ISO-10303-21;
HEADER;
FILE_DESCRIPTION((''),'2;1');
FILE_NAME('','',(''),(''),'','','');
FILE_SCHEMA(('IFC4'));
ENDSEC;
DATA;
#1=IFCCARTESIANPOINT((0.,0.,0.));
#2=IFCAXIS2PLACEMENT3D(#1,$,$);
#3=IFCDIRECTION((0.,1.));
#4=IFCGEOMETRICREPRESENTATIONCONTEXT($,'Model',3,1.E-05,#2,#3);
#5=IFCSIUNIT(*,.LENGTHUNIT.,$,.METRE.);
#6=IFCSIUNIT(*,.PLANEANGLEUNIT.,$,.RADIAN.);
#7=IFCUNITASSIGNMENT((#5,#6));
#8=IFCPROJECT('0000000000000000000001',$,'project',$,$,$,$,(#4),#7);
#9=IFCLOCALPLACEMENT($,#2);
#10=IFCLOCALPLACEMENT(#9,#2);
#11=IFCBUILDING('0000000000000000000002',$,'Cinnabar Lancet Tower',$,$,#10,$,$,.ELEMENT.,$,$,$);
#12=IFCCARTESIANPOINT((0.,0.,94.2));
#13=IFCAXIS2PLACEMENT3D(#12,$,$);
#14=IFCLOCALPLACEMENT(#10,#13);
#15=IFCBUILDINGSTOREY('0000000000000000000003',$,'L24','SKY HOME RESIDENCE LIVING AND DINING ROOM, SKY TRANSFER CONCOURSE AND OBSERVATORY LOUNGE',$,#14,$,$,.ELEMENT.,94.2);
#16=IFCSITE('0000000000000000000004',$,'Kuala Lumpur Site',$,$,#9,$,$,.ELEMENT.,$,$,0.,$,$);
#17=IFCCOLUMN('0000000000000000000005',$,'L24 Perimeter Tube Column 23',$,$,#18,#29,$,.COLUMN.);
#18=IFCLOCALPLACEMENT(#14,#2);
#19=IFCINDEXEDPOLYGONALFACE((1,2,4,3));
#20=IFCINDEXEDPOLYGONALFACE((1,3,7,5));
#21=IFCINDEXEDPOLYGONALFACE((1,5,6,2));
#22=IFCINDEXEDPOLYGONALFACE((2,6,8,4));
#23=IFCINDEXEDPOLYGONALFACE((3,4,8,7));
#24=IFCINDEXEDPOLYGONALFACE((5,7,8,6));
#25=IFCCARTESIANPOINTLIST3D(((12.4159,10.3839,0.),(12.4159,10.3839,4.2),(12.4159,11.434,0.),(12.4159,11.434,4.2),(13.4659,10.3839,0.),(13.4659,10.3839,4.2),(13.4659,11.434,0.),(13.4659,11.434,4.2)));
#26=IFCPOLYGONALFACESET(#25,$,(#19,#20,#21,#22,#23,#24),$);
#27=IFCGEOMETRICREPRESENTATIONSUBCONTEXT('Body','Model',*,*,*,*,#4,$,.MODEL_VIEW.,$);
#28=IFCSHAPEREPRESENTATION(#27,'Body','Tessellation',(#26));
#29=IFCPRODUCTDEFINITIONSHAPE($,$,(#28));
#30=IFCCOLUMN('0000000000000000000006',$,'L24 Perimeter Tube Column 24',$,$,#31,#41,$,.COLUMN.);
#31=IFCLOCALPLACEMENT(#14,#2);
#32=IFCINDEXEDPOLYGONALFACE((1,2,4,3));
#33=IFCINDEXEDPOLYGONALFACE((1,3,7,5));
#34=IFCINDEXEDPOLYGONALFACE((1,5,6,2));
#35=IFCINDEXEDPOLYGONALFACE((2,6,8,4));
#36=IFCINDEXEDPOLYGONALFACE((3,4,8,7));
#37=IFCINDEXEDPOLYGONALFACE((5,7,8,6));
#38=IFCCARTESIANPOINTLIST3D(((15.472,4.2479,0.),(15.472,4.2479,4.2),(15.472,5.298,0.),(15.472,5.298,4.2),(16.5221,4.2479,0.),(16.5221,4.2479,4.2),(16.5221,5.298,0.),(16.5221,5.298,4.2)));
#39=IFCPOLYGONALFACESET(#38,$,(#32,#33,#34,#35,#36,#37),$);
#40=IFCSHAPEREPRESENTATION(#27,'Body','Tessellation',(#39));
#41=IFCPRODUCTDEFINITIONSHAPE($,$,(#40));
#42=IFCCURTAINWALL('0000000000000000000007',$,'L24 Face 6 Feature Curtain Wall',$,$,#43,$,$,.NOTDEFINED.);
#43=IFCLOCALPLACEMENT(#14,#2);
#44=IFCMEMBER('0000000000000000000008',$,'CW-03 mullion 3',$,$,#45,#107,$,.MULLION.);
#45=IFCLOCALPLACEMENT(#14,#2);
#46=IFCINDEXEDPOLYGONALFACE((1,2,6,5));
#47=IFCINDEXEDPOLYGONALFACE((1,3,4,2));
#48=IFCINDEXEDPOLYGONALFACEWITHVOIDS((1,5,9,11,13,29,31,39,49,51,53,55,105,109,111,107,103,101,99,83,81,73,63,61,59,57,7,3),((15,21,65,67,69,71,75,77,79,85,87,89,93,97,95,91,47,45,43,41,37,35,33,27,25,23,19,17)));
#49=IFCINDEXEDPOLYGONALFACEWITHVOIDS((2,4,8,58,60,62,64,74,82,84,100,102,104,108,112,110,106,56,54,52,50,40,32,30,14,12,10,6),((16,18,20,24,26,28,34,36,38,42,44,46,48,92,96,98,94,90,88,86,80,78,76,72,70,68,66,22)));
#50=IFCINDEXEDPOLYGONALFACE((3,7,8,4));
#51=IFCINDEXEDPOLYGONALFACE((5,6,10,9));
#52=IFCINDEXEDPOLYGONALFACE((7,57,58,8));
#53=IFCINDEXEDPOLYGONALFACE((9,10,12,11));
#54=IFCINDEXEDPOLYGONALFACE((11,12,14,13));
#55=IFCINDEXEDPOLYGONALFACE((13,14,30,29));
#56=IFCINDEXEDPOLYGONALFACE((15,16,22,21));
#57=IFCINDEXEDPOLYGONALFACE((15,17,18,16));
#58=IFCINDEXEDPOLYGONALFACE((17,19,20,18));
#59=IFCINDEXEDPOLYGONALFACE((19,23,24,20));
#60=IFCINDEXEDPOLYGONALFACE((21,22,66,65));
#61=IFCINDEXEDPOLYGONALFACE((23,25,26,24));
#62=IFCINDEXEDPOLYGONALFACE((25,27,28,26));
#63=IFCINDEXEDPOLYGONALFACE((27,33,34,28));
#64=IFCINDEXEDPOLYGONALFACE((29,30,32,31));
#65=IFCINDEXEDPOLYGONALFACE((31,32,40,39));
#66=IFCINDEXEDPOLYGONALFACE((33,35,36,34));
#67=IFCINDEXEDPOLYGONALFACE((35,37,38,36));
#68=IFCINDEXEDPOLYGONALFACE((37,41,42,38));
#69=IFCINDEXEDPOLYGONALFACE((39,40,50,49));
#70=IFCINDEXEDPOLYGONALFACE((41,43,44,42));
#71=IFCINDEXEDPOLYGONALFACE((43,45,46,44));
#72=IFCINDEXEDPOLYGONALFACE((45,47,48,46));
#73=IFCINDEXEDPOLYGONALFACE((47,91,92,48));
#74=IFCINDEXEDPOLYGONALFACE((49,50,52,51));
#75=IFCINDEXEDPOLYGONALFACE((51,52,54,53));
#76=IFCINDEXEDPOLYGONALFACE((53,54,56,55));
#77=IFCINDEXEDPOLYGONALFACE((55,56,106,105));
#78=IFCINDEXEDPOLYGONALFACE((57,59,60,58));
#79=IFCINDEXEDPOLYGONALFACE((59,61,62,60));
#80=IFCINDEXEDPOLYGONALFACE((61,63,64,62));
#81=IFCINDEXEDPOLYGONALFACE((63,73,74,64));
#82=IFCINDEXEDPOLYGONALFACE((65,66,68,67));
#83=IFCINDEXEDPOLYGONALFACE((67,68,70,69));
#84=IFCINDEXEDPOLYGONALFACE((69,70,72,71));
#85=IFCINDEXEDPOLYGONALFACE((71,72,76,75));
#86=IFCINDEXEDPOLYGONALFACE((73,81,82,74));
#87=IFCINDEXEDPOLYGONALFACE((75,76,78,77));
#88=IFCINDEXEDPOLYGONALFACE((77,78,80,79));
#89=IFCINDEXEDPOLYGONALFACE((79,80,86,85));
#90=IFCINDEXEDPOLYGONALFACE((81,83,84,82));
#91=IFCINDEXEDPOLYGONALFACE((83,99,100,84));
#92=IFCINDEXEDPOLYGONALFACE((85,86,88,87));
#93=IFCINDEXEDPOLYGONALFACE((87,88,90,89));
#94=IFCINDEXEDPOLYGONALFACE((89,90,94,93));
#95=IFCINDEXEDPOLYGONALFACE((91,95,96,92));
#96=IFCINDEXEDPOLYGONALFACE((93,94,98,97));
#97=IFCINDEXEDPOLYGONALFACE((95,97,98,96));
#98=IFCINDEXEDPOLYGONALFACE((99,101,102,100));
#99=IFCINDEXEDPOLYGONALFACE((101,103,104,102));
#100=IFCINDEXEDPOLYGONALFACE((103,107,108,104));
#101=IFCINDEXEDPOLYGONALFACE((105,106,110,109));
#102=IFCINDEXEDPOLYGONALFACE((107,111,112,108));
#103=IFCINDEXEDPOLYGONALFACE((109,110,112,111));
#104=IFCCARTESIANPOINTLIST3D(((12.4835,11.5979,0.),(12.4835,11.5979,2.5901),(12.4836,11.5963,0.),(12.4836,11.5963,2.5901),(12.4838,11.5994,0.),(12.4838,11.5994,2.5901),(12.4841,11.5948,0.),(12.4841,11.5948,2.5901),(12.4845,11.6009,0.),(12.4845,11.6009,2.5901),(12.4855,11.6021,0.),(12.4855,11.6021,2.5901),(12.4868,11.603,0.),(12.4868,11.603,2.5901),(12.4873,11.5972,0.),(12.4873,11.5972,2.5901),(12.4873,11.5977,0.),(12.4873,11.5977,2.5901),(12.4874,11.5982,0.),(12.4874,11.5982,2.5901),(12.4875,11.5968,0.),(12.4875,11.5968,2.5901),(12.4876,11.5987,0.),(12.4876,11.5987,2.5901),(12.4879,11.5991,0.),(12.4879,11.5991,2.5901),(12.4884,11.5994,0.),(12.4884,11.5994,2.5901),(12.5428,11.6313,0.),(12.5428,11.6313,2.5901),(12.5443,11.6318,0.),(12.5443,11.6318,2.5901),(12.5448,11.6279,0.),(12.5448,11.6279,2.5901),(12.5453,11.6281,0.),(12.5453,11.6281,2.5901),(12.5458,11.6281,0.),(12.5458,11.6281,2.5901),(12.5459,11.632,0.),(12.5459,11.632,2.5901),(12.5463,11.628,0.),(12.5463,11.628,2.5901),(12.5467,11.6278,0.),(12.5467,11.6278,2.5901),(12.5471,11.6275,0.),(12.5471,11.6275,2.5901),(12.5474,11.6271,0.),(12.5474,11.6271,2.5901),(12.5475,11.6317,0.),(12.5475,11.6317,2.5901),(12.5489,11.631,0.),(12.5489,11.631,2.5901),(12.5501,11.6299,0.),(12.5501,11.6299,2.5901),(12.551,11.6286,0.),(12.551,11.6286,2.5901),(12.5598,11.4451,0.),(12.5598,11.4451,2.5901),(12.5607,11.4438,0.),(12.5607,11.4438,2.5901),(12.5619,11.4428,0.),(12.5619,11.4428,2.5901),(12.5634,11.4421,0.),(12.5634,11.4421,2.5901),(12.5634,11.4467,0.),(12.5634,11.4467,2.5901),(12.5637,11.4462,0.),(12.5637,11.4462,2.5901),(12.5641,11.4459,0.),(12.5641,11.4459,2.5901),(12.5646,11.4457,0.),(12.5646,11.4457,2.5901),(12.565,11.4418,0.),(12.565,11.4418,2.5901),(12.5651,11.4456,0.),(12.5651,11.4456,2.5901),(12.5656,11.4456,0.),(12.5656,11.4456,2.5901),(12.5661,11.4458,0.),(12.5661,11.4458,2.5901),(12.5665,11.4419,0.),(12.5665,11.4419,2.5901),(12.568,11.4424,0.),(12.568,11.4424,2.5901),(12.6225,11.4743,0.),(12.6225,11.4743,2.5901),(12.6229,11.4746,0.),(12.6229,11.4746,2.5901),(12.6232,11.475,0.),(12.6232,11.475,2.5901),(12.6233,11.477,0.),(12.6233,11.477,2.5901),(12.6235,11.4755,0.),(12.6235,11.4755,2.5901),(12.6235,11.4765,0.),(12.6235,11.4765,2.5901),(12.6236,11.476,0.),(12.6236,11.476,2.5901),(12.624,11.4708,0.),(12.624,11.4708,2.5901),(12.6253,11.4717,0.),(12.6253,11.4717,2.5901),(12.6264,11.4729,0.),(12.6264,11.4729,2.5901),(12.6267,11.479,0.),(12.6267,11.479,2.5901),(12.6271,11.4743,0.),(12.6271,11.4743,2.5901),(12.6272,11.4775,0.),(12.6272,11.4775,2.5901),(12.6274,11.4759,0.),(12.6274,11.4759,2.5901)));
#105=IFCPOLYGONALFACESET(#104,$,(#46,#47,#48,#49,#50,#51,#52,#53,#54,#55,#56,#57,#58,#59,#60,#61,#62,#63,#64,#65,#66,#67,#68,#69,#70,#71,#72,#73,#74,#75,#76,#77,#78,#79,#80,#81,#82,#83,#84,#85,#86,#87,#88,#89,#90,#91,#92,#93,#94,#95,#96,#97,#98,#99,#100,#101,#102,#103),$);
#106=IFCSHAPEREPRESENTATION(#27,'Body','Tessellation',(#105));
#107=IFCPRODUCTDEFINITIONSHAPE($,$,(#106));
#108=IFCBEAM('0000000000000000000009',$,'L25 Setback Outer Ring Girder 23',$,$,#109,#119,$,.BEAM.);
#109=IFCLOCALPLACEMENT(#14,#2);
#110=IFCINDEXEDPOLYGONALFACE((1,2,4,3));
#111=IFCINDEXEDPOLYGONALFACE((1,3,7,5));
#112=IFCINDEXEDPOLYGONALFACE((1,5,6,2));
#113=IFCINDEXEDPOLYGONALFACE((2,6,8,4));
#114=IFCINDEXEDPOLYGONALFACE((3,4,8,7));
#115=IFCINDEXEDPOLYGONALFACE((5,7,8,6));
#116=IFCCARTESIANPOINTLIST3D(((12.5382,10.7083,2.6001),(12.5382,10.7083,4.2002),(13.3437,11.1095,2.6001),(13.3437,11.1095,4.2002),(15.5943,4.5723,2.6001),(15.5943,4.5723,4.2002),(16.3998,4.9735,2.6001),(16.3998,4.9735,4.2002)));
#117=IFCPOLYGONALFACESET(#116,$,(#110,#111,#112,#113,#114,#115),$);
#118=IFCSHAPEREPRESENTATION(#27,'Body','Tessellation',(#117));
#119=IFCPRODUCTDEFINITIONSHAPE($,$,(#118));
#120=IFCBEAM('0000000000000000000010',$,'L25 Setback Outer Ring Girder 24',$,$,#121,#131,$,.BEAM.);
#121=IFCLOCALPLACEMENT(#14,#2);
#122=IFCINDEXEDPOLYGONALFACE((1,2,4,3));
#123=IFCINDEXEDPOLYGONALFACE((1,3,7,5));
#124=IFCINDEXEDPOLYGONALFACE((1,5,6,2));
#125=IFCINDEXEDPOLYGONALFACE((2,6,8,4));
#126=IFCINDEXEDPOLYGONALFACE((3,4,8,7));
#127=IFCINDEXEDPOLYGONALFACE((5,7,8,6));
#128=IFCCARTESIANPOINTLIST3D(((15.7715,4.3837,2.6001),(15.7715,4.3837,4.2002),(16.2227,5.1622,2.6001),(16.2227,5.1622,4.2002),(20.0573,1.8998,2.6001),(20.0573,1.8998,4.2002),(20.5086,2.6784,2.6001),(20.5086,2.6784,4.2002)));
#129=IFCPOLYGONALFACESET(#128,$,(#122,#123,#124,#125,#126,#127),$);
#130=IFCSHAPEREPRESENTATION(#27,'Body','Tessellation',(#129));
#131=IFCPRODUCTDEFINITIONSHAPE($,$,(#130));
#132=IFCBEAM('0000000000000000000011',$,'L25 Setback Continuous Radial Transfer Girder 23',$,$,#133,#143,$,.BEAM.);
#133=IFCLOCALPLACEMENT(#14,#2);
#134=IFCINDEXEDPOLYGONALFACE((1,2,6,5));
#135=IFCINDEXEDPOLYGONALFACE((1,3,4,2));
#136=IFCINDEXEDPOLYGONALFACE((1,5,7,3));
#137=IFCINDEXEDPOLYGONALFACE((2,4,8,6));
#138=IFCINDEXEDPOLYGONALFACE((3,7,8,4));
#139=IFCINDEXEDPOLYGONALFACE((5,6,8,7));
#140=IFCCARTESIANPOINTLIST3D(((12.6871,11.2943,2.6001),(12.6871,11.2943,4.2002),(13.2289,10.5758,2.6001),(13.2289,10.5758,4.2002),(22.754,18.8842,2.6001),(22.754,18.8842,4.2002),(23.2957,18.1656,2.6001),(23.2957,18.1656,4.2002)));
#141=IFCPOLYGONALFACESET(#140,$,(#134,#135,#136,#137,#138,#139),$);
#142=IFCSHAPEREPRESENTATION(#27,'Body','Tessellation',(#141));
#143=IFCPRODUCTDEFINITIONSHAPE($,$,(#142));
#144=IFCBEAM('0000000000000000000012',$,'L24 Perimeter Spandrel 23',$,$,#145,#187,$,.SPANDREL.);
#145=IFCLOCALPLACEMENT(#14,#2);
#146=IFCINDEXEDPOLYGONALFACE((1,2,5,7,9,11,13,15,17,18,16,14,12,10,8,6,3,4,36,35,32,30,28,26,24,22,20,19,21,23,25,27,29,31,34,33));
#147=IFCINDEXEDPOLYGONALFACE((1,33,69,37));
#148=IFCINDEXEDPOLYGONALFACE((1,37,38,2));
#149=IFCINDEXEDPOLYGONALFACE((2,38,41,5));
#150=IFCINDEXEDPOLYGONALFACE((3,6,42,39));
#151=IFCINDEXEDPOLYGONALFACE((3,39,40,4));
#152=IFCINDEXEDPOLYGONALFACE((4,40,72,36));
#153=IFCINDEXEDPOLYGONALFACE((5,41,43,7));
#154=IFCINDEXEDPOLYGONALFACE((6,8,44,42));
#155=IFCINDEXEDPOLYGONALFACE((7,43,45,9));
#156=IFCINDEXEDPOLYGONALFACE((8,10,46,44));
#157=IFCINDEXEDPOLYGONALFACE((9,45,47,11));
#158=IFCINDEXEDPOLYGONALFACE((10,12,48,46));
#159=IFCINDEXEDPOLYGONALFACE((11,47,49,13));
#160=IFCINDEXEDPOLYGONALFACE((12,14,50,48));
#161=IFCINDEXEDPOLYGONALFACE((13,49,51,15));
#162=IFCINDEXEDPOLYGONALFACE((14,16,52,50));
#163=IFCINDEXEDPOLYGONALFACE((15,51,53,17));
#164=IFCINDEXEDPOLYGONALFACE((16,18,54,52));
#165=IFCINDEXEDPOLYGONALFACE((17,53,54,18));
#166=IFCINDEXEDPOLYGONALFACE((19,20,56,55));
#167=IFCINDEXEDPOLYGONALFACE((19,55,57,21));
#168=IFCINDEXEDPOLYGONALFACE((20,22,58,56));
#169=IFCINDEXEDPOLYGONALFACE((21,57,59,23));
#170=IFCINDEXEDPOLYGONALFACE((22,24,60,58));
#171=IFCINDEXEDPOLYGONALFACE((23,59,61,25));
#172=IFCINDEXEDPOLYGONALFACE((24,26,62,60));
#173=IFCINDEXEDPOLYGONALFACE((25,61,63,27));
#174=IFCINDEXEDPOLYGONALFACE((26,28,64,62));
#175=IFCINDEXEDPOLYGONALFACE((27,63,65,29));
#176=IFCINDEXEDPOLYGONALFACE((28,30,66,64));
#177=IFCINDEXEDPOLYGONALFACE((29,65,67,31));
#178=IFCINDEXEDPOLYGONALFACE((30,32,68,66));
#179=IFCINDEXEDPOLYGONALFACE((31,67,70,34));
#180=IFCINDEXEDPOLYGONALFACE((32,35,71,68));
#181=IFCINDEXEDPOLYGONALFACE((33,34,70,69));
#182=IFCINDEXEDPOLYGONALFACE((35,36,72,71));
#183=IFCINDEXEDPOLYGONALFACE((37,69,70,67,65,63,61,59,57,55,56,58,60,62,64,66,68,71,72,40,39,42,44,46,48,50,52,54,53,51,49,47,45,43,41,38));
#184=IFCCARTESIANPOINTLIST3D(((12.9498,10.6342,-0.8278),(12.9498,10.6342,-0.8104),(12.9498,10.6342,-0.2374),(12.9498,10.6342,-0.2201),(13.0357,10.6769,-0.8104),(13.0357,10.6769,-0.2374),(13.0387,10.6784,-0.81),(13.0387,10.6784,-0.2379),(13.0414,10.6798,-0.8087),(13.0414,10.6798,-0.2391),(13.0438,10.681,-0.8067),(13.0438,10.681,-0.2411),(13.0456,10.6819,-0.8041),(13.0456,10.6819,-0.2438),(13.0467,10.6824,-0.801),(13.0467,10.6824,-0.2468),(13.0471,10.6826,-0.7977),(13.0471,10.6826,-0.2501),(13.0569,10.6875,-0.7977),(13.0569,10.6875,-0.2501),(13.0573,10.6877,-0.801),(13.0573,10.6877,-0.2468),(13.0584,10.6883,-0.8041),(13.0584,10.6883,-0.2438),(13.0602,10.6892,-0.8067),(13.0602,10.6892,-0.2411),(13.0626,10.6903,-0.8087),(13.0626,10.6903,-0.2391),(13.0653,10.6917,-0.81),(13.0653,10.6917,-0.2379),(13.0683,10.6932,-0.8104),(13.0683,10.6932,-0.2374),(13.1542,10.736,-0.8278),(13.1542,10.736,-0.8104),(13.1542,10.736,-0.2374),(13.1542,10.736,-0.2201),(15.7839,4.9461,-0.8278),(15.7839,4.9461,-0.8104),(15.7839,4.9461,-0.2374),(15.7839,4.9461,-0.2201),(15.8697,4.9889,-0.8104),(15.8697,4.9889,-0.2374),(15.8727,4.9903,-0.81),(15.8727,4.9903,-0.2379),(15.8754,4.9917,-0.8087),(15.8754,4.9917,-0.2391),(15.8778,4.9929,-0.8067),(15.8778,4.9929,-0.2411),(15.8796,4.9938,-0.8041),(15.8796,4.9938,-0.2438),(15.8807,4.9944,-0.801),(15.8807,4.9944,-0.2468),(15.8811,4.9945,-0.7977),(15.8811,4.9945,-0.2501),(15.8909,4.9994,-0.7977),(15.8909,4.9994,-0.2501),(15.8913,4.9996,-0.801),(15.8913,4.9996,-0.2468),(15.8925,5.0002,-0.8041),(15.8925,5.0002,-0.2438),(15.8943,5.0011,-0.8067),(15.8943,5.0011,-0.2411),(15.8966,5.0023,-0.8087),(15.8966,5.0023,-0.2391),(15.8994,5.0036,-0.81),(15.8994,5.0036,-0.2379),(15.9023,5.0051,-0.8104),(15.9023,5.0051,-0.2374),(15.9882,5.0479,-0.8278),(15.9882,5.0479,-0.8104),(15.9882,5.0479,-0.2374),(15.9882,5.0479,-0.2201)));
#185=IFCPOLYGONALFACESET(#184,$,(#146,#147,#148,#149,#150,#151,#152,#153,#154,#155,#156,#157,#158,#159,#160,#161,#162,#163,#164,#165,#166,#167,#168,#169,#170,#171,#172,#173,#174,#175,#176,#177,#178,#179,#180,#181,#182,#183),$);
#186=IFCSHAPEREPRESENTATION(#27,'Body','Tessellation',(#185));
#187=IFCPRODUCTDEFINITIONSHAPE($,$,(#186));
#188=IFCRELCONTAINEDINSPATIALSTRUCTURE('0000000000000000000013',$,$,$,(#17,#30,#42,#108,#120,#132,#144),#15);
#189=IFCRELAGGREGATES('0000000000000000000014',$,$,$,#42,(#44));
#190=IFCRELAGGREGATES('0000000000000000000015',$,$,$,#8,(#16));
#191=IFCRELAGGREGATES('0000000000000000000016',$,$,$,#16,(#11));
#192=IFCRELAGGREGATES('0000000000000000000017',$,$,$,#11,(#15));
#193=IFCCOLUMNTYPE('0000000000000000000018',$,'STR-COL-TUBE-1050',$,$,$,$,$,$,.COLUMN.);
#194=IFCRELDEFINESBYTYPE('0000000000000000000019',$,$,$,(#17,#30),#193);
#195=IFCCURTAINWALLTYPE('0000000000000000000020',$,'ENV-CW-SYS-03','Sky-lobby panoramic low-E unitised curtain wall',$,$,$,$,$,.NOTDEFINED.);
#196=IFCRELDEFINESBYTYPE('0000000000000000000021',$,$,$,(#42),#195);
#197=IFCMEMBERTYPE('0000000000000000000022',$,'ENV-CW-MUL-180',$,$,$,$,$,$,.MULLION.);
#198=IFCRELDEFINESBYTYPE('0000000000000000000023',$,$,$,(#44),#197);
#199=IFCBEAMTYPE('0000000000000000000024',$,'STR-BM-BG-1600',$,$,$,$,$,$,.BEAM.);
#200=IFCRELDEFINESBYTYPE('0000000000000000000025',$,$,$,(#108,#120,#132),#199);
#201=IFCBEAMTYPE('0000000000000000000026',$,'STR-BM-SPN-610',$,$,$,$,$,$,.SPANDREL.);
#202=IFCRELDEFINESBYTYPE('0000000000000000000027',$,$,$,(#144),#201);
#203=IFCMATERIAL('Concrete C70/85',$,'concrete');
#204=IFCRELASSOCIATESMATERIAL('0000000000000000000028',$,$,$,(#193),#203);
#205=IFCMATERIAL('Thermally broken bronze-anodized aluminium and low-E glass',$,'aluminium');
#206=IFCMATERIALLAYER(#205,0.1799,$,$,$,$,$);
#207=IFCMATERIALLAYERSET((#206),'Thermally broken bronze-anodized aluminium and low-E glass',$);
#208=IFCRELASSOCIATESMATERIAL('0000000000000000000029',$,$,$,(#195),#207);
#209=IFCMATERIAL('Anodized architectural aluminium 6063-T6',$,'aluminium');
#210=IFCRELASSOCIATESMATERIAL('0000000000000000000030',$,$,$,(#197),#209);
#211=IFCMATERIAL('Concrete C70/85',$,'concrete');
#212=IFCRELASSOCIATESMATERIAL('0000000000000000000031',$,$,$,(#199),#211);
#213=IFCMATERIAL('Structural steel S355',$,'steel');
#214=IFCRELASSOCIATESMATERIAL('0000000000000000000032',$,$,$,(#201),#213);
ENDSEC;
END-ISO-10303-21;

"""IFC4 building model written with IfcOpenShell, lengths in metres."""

from ifc_helpers import new_model, si_unit, direction, frame, origin, origin_2d, place, context, subcontext, project, spatial, rectangle, hollow_rectangle, i_section, extrude, material, layer, layer_set, material_profile, profile_set, type_object, element, aggregate, save


model = new_model("IFC4")

# Units and contexts
model_context = context("Model", 3, precision=1e-05, world=origin(), true_north=direction((0.0, 1.0)))
body_context = subcontext(model_context, "Body", "Model", "MODEL_VIEW")
ifc_project = project(units=[si_unit("LENGTHUNIT", "METRE"), si_unit("PLANEANGLEUNIT", "RADIAN")], contexts=[model_context])

# Site, building, storey
site_placement = place(None, origin())
site = spatial("IfcSite", under=ifc_project, at=site_placement, Name="Kuala Lumpur Site", CompositionType="ELEMENT", RefElevation=0.0)
building_placement = place(site_placement, origin())
building = spatial("IfcBuilding", under=site, at=building_placement, Name="Cinnabar Lancet Tower", CompositionType="ELEMENT")
storey_placement = place(building_placement, frame((0.0, 0.0, 94.2)))
storey = spatial("IfcBuildingStorey", under=building, at=storey_placement, Name="L24", Description="SKY HOME RESIDENCE LIVING AND DINING ROOM, SKY TRANSFER CONCOURSE AND OBSERVATORY LOUNGE", CompositionType="ELEMENT", Elevation=94.2)

# Columns
ifc_material_1 = material(Name="Concrete C70/85", Category="concrete")
ifc_material_profile_1 = material_profile(ifc_material_1, rectangle(XDim=1.05, YDim=1.05, at=origin_2d()), Name="RC-COL 1050x1050")
ifc_profile_set_1 = profile_set([ifc_material_profile_1], Name="Concrete C70/85")
column_type = type_object("IfcColumnType", Name="STR-COL-TUBE-1050", PredefinedType="COLUMN", material=ifc_profile_set_1)
for number, where, z_axis, x_axis, name in (
    (1, (12.9409, 10.9089, 0.0), (0.0, 0.0, 1.0), (1.0, 0.0, 0.0), "L24 Perimeter Tube Column 23"),
    (2, (15.9971, 4.7729, 0.0), (0.0, 0.0, 1.0), (1.0, 0.0, 0.0), "L24 Perimeter Tube Column 24"),
):
    element("IfcColumn", number, at=place(storey_placement, frame(where, z_axis=z_axis, x_axis=x_axis)), inside=storey, type_object=column_type, Name=name, PredefinedType="COLUMN", context=body_context, shape_type="SweptSolid", body=[
        extrude(rectangle(XDim=1.05, YDim=1.05, at=origin_2d()), origin(), (0.0, 0.0, 1.0), 4.2),
    ])

# Curtain wall, member
ifc_material_2 = material(Name="Thermally broken bronze-anodized aluminium and low-E glass", Category="aluminium")
ifc_layer_1 = layer(ifc_material_2, 0.1799)
ifc_layer_set_1 = layer_set([ifc_layer_1], Name="Thermally broken bronze-anodized aluminium and low-E glass")
curtain_wall_type = type_object("IfcCurtainWallType", Name="ENV-CW-SYS-03", Description="Sky-lobby panoramic low-E unitised curtain wall", PredefinedType="NOTDEFINED", material=ifc_layer_set_1)
curtain_wall_placement = place(storey_placement, origin())
curtain_wall = element("IfcCurtainWall", 3, at=curtain_wall_placement, inside=storey, type_object=curtain_wall_type, Name="L24 Face 6 Feature Curtain Wall", PredefinedType="NOTDEFINED")
ifc_material_3 = material(Name="Anodized architectural aluminium 6063-T6", Category="aluminium")
ifc_material_profile_2 = material_profile(ifc_material_3, hollow_rectangle(XDim=0.075, YDim=0.1799, WallThickness=0.0039, InnerFilletRadius=0.002, OuterFilletRadius=0.0061, at=origin_2d()), Name="CW-MUL 180x75x4")
ifc_profile_set_2 = profile_set([ifc_material_profile_2], Name="Anodized architectural aluminium 6063-T6")
member_type = type_object("IfcMemberType", Name="ENV-CW-MUL-180", PredefinedType="MULLION", material=ifc_profile_set_2)
member_placement = place(storey_placement, frame((12.5554, 11.5369, 0.0), z_axis=(0.0, 0.0, 1.0), x_axis=(0.892286, 0.45147, 0.0)))
member = element("IfcMember", 4, at=member_placement, type_object=member_type, Name="CW-03 mullion 3", PredefinedType="MULLION", context=body_context, shape_type="SweptSolid", body=[
    extrude(hollow_rectangle(XDim=0.075, YDim=0.1799, WallThickness=0.0039, InnerFilletRadius=0.002, OuterFilletRadius=0.0061, at=origin_2d()), origin(), (0.0, 0.0, 1.0), 2.5901),
])

# Beams
ifc_material_4 = material(Name="Concrete C70/85", Category="concrete")
ifc_material_profile_3 = material_profile(ifc_material_4, rectangle(XDim=0.8999, YDim=1.6001, at=origin_2d()), Name="RC-BG 900x1600")
ifc_profile_set_3 = profile_set([ifc_material_profile_3], Name="Concrete C70/85")
beam_type_1 = type_object("IfcBeamType", Name="STR-BM-BG-1600", PredefinedType="BEAM", material=ifc_profile_set_3)
beam_1_placement = place(storey_placement, frame((12.9409, 10.9089, 3.4001), z_axis=(0.445831, -0.895117, 0.0), x_axis=(0.895117, 0.445831, 0.0)))
element("IfcBeam", 5, at=beam_1_placement, inside=storey, type_object=beam_type_1, Name="L25 Setback Outer Ring Girder 23", PredefinedType="BEAM", context=body_context, shape_type="SweptSolid", body=[
    extrude(rectangle(XDim=0.8999, YDim=1.6001, at=origin_2d()), origin(), (0.0, 0.0, 1.0), 6.855),
])
beam_2_placement = place(storey_placement, frame((15.9971, 4.7729, 3.4001), z_axis=(0.8652, -0.501427, 0.0), x_axis=(0.501427, 0.8652, 0.0)))
element("IfcBeam", 6, at=beam_2_placement, inside=storey, type_object=beam_type_1, Name="L25 Setback Outer Ring Girder 24", PredefinedType="BEAM", context=body_context, shape_type="SweptSolid", body=[
    extrude(rectangle(XDim=0.8999, YDim=1.6001, at=origin_2d()), origin(), (0.0, 0.0, 1.0), 4.9536),
])
beam_3_placement = place(storey_placement, frame((12.958, 10.9351, 3.4001), z_axis=(0.798487, 0.602012, 0.0), x_axis=(-0.602012, 0.798487, 0.0)))
element("IfcBeam", 7, at=beam_3_placement, inside=storey, type_object=beam_type_1, Name="L25 Setback Continuous Radial Transfer Girder 23", PredefinedType="BEAM", context=body_context, shape_type="SweptSolid", body=[
    extrude(rectangle(XDim=0.8999, YDim=1.6001, at=origin_2d()), origin(), (0.0, 0.0, 1.0), 12.6074),
])
ifc_material_5 = material(Name="Structural steel S355", Category="steel")
ifc_material_profile_4 = material_profile(ifc_material_5, i_section(OverallWidth=0.2283, OverallDepth=0.6077, WebThickness=0.011, FlangeThickness=0.0173, FilletRadius=0.0127, at=origin_2d()), Name="UKB 610x229x113")
ifc_profile_set_4 = profile_set([ifc_material_profile_4], Name="Structural steel S355")
beam_type_2 = type_object("IfcBeamType", Name="STR-BM-SPN-610", PredefinedType="SPANDREL", material=ifc_profile_set_4)
beam_4_placement = place(storey_placement, frame((13.052, 10.6851, -0.5239), z_axis=(0.445953, -0.895056, 0.0), x_axis=(0.895056, 0.445953, 0.0)))
element("IfcBeam", 8, at=beam_4_placement, inside=storey, type_object=beam_type_2, Name="L24 Perimeter Spandrel 23", PredefinedType="SPANDREL", context=body_context, shape_type="SweptSolid", body=[
    extrude(i_section(OverallWidth=0.2283, OverallDepth=0.6077, WebThickness=0.011, FlangeThickness=0.0173, FilletRadius=0.0127, at=origin_2d()), origin(), (0.0, 0.0, 1.0), 6.355),
])

aggregate(curtain_wall, [member])

save(model, "model.ifc")
